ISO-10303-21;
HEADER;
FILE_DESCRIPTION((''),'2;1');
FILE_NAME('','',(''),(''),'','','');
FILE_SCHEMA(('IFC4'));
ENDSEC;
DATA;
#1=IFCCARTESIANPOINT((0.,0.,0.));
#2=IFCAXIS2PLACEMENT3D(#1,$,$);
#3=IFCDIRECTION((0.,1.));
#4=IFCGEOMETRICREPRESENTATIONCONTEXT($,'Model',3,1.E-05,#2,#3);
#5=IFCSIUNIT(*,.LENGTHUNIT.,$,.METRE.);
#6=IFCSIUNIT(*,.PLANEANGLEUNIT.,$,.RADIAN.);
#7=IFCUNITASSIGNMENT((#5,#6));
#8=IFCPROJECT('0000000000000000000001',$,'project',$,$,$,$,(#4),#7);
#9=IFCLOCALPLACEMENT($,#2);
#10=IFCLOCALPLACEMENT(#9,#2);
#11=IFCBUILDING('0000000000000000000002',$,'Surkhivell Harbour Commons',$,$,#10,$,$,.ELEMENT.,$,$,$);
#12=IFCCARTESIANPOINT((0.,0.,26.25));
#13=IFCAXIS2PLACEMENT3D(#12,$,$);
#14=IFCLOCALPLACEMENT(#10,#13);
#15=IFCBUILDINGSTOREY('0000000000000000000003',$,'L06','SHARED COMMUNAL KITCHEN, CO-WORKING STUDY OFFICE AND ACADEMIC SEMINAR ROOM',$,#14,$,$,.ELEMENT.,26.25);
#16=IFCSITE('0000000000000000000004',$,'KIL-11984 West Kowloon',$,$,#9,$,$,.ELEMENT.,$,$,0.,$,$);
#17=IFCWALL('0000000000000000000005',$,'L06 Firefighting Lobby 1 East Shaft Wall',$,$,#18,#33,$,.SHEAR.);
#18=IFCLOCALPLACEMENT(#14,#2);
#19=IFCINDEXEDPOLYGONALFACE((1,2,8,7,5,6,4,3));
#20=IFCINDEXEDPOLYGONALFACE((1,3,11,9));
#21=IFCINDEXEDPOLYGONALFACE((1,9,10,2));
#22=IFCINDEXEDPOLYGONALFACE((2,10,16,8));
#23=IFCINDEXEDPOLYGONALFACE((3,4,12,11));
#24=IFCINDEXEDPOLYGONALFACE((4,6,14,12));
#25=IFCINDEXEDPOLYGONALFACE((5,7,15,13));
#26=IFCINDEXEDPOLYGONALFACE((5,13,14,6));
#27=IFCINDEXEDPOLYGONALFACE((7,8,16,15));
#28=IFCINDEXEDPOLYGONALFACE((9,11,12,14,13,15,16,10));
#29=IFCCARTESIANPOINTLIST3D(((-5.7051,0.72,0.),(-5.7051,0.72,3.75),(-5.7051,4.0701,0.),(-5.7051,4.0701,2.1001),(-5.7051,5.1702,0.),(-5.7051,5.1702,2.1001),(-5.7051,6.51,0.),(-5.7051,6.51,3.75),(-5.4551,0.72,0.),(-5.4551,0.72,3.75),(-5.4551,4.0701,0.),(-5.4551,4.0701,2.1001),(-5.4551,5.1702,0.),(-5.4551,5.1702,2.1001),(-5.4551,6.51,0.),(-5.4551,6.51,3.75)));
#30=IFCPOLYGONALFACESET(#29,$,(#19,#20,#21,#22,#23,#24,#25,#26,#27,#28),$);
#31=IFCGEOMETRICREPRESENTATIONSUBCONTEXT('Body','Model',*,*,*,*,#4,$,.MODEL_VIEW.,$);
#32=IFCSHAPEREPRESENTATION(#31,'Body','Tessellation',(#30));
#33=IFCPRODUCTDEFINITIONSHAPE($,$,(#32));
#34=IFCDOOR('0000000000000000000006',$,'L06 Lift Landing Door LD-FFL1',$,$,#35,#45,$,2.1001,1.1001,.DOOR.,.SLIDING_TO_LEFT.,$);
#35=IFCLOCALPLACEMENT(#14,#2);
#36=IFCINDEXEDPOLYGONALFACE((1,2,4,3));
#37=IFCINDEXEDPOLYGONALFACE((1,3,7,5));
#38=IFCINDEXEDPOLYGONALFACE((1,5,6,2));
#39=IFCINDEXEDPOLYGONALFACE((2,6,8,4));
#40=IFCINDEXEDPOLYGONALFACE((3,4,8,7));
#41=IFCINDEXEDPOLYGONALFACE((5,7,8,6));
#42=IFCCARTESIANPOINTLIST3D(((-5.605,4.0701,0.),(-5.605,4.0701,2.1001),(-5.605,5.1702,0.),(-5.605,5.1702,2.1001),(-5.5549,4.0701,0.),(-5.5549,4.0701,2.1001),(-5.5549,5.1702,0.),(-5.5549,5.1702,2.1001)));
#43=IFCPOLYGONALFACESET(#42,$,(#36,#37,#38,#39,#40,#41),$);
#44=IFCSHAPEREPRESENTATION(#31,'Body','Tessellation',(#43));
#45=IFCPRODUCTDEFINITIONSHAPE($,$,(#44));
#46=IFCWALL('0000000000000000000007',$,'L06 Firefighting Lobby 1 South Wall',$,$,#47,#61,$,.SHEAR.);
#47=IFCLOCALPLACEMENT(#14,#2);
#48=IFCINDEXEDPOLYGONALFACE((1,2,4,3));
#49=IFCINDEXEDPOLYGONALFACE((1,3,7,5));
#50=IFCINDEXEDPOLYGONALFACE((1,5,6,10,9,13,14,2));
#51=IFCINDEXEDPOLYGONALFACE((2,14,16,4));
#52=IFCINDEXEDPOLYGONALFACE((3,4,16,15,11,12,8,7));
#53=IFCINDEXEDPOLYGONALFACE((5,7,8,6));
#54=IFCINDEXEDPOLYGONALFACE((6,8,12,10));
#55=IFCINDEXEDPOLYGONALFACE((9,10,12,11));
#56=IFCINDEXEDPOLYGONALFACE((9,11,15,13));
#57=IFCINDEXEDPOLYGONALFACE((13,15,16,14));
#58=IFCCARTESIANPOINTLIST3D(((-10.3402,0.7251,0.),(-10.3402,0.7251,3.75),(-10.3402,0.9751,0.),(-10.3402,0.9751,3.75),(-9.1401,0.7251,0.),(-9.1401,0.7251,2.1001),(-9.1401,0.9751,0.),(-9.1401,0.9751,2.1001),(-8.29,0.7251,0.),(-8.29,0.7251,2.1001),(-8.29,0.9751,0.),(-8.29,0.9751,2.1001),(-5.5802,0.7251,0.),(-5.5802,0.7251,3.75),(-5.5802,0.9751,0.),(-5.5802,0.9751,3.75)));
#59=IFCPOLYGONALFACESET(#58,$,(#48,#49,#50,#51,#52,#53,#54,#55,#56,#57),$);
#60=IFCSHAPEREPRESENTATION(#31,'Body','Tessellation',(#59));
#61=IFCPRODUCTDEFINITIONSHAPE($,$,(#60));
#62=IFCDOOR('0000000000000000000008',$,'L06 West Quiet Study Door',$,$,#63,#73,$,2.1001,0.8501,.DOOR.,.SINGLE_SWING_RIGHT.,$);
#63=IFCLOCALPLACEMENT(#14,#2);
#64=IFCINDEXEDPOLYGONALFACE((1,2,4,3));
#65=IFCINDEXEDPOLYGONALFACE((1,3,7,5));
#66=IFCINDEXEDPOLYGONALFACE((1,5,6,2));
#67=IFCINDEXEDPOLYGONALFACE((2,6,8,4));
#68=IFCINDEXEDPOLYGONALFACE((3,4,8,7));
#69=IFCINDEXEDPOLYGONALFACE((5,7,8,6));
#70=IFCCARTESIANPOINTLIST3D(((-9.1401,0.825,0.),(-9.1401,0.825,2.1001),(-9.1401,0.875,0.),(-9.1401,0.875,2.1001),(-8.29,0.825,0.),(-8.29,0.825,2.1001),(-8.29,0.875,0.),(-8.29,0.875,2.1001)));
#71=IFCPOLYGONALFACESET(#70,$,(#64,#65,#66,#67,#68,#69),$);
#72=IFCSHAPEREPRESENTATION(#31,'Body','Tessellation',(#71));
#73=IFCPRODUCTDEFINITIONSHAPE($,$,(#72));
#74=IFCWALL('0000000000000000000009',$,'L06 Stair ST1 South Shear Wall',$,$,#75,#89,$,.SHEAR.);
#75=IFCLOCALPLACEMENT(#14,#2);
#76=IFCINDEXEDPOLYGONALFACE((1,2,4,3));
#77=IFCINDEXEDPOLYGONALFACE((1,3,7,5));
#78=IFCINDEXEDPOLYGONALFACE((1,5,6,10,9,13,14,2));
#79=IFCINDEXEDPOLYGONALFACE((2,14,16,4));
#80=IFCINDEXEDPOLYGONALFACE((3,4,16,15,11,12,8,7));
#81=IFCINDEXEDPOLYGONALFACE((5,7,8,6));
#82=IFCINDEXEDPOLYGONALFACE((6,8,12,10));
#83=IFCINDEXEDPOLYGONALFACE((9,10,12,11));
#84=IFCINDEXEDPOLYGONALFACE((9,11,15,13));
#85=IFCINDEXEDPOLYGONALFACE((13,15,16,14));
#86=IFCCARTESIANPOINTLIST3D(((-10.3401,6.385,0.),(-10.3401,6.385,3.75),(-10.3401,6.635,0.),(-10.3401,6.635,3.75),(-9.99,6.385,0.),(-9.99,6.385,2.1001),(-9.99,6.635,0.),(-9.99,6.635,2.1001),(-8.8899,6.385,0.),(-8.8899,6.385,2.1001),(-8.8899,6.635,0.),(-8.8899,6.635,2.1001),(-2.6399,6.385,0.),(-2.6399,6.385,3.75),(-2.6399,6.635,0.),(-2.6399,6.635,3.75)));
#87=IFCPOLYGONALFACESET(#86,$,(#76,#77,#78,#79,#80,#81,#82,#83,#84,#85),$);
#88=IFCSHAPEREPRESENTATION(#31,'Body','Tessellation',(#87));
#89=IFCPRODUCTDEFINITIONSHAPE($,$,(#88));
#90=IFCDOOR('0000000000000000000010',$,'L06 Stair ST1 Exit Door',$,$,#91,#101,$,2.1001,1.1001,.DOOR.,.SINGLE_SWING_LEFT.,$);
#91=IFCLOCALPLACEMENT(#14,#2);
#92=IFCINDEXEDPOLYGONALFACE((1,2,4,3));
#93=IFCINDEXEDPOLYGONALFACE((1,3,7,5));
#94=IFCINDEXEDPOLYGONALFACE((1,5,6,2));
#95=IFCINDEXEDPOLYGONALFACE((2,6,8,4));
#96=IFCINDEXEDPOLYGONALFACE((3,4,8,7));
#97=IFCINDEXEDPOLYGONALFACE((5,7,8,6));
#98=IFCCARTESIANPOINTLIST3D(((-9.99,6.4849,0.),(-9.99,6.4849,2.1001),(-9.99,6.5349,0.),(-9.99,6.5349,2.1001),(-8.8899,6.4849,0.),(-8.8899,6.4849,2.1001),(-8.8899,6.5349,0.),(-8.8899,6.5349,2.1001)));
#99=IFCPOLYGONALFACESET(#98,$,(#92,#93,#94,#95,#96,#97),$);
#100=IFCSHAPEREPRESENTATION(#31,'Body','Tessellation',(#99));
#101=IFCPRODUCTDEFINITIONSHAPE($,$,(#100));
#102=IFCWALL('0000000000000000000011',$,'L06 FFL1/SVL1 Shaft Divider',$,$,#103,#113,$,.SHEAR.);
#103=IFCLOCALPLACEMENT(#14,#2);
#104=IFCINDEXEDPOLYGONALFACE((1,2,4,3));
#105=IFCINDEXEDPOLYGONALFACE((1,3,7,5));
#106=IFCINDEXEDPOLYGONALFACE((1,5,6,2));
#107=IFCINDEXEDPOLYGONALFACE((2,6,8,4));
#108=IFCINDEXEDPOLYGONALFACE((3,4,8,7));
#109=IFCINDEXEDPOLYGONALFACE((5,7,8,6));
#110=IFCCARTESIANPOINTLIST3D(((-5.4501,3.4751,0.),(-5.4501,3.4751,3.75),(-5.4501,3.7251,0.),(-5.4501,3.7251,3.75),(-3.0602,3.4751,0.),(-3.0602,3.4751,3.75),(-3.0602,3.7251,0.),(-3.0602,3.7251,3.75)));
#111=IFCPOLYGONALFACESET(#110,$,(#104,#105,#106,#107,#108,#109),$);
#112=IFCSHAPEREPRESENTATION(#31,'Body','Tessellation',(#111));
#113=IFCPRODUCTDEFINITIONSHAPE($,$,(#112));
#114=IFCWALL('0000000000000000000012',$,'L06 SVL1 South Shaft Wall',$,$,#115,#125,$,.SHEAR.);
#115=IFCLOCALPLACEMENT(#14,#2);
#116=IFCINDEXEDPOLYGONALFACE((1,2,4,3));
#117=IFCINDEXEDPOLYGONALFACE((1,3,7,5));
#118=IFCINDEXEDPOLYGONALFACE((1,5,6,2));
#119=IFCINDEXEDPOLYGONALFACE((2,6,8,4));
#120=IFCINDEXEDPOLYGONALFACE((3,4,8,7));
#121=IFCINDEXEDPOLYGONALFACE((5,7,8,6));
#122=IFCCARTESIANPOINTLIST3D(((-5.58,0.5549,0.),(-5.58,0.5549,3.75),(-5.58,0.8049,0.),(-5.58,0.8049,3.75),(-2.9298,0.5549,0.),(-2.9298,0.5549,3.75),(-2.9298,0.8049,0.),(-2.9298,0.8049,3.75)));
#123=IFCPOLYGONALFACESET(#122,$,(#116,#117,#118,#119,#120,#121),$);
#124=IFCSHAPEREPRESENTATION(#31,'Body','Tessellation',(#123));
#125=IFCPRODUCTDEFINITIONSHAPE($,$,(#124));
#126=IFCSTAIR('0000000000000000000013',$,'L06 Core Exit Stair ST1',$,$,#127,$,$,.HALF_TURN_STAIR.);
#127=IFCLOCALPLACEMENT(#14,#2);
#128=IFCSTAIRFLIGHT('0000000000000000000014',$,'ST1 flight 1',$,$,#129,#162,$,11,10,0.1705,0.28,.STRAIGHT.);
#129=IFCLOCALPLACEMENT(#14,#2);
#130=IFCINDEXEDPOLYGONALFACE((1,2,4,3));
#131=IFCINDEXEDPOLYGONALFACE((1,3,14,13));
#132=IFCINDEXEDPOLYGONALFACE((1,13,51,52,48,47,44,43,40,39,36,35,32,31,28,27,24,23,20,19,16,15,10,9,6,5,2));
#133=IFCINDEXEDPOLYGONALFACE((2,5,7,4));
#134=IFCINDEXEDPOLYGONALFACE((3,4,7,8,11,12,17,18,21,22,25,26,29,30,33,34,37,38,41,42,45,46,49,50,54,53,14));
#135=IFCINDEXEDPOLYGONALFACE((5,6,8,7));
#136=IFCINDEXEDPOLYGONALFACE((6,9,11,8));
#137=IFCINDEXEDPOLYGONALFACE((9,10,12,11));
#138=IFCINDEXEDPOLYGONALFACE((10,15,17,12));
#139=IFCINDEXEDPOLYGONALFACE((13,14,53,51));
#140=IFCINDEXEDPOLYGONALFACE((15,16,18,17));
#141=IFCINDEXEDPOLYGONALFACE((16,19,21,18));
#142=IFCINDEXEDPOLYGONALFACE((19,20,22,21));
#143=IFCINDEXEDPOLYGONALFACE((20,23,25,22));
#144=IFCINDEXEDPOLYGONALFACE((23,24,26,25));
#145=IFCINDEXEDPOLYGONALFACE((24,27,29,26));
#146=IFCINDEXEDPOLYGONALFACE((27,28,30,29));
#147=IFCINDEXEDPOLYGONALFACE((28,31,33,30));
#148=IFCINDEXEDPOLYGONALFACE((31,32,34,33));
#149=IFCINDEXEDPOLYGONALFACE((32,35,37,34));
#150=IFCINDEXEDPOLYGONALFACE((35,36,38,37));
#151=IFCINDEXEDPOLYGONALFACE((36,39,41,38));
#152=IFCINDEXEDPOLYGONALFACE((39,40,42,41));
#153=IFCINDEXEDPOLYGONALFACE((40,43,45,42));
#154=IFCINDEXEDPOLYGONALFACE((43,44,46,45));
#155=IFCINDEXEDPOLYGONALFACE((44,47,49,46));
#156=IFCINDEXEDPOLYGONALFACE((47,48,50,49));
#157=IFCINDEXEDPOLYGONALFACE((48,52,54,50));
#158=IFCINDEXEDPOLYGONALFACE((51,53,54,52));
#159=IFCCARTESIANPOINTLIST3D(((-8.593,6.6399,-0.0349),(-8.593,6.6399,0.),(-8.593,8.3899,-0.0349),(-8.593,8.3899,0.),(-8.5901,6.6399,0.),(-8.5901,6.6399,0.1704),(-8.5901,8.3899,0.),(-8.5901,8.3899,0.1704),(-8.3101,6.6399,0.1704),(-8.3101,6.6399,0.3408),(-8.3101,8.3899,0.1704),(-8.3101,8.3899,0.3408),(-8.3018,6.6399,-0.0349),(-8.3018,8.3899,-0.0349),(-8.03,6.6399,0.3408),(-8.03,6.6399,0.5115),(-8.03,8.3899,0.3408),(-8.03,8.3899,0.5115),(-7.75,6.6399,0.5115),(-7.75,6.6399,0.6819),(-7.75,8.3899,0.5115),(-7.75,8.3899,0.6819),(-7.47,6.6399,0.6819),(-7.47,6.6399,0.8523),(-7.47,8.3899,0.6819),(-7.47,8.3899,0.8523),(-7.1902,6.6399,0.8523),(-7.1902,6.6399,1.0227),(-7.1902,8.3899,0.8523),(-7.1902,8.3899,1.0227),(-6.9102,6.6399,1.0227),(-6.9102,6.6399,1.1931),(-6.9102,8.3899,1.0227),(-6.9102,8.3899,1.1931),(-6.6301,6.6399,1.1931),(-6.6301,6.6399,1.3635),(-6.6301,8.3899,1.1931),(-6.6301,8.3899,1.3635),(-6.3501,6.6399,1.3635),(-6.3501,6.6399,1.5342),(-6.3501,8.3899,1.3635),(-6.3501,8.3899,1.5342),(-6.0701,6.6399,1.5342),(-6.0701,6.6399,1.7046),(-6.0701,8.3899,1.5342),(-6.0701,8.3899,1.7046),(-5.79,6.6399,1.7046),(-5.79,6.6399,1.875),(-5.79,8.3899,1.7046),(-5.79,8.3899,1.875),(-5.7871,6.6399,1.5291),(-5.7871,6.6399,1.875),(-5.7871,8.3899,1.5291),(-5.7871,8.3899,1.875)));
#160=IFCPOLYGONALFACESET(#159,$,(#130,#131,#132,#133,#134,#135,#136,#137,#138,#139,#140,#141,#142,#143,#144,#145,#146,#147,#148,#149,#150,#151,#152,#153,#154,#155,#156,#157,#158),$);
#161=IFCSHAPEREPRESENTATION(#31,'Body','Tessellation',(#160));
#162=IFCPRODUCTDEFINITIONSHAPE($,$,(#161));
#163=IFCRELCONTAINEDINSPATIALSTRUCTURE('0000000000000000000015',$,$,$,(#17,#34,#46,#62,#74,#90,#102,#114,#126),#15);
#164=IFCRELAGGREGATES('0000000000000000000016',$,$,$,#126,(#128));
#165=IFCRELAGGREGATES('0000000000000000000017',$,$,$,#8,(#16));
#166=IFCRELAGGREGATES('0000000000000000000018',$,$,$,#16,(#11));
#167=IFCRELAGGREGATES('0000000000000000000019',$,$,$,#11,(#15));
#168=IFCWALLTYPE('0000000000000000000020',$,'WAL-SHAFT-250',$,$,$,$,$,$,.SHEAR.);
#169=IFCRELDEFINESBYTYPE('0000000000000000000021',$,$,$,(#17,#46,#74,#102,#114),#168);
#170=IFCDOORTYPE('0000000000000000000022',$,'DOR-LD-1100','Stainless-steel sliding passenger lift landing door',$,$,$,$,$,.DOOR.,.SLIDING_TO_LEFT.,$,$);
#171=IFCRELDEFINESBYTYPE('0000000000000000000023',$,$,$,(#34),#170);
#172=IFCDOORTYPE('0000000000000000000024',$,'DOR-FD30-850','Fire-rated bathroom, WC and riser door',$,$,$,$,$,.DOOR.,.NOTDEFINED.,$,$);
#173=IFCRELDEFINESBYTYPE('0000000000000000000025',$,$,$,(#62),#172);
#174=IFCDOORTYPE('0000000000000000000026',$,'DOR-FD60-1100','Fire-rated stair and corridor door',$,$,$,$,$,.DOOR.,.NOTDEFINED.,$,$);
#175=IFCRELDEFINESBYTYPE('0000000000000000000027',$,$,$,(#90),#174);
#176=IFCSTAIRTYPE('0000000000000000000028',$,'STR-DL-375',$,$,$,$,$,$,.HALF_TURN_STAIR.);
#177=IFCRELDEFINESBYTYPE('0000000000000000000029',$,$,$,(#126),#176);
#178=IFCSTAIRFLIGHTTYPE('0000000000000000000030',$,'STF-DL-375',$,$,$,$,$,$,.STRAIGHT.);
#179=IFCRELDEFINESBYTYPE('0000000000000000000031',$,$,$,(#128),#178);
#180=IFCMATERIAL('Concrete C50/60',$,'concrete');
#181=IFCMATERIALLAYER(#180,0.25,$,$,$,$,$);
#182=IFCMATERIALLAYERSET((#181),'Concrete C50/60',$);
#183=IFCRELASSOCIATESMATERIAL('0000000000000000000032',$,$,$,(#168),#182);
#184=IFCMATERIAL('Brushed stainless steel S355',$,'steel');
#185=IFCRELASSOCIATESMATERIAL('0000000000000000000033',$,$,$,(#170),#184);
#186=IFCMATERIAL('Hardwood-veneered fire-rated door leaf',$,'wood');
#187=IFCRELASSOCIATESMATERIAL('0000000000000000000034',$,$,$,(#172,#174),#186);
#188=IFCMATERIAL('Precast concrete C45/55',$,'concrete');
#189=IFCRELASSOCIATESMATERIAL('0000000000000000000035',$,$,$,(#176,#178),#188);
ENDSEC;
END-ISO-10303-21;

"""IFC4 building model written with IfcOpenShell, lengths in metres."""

from ifc_helpers import new_model, si_unit, direction, frame, frame_2d, origin, place, context, subcontext, project, spatial, polyline, rectangle, outline, extrude, material, layer, layer_set, type_object, element, fill, aggregate, save


model = new_model("IFC4")

# Units and contexts
model_context = context("Model", 3, precision=1e-05, world=origin(), true_north=direction((0.0, 1.0)))
body_context = subcontext(model_context, "Body", "Model", "MODEL_VIEW")
ifc_project = project(units=[si_unit("LENGTHUNIT", "METRE"), si_unit("PLANEANGLEUNIT", "RADIAN")], contexts=[model_context])

# Site, building, storey
site_placement = place(None, origin())
site = spatial("IfcSite", under=ifc_project, at=site_placement, Name="KIL-11984 West Kowloon", CompositionType="ELEMENT", RefElevation=0.0)
building_placement = place(site_placement, origin())
building = spatial("IfcBuilding", under=site, at=building_placement, Name="Surkhivell Harbour Commons", CompositionType="ELEMENT")
storey_placement = place(building_placement, frame((0.0, 0.0, 26.25)))
storey = spatial("IfcBuildingStorey", under=building, at=storey_placement, Name="L06", Description="SHARED COMMUNAL KITCHEN, CO-WORKING STUDY OFFICE AND ACADEMIC SEMINAR ROOM", CompositionType="ELEMENT", Elevation=26.25)

# Shared definitions
ifc_material_1 = material(Name="Hardwood-veneered fire-rated door leaf", Category="wood")

# Walls, openings, doors
ifc_material_2 = material(Name="Concrete C50/60", Category="concrete")
ifc_layer_1 = layer(ifc_material_2, 0.25)
ifc_layer_set_1 = layer_set([ifc_layer_1], Name="Concrete C50/60")
wall_type_1 = type_object("IfcWallType", Name="WAL-SHAFT-250", PredefinedType="SHEAR", material=ifc_layer_set_1)
wall_1_placement = place(storey_placement, frame((-5.5801, 0.72, 0.0), z_axis=(0.0, 0.0, 1.0), x_axis=(0.0, 1.0, 0.0)))
wall_1 = element("IfcWall", 1, at=wall_1_placement, inside=storey, type_object=wall_type_1, Name="L06 Firefighting Lobby 1 East Shaft Wall", PredefinedType="SHEAR", context=body_context, shape_type="SweptSolid", body=[
    extrude(rectangle(XDim=5.79, YDim=0.25, at=frame_2d((2.895, 0.0))), origin(), (0.0, 0.0, 1.0), 3.75),
])
opening_1_placement = place(wall_1_placement, frame((3.3501, 0.0, 0.0)))
opening_1 = element("IfcOpeningElement", 2, at=opening_1_placement, cuts=wall_1, PredefinedType="OPENING", context=body_context, shape_type="SweptSolid", body=[
    extrude(rectangle(XDim=1.1001, YDim=2.1001, at=frame_2d((0.55, 1.05))), frame((0.0, 0.135, 0.0), z_axis=(0.0, -1.0, 0.0), x_axis=(1.0, 0.0, 0.0)), (0.0, 0.0, 1.0), 0.27),
])
ifc_material_3 = material(Name="Brushed stainless steel S355", Category="steel")
door_type_1 = type_object("IfcDoorType", Name="DOR-LD-1100", Description="Stainless-steel sliding passenger lift landing door", OperationType="SLIDING_TO_LEFT", PredefinedType="DOOR", material=ifc_material_3)
door_1_placement = place(opening_1_placement, origin())
door_1 = element("IfcDoor", 3, at=door_1_placement, inside=storey, type_object=door_type_1, Name="L06 Lift Landing Door LD-FFL1", OperationType="SLIDING_TO_LEFT", OverallHeight=2.1001, OverallWidth=1.1001, PredefinedType="DOOR", context=body_context, shape_type="SweptSolid", body=[
    extrude(rectangle(XDim=1.1001, YDim=2.1001, at=frame_2d((0.55, 1.05))), frame((0.0, 0.0249, 0.0), z_axis=(0.0, -1.0, 0.0), x_axis=(1.0, 0.0, 0.0)), (0.0, 0.0, 1.0), 0.05),
])
fill(opening_1, door_1)
wall_2_placement = place(storey_placement, frame((-10.3401, 0.8501, 0.0), z_axis=(0.0, 0.0, 1.0), x_axis=(1.0, 0.0, 0.0)))
wall_2 = element("IfcWall", 4, at=wall_2_placement, inside=storey, type_object=wall_type_1, Name="L06 Firefighting Lobby 1 South Wall", PredefinedType="SHEAR", context=body_context, shape_type="SweptSolid", body=[
    extrude(rectangle(XDim=4.76, YDim=0.25, at=frame_2d((2.3799, 0.0))), origin(), (0.0, 0.0, 1.0), 3.75),
])
opening_2_placement = place(wall_2_placement, frame((1.2, 0.0, 0.0)))
opening_2 = element("IfcOpeningElement", 5, at=opening_2_placement, cuts=wall_2, PredefinedType="OPENING", context=body_context, shape_type="SweptSolid", body=[
    extrude(rectangle(XDim=0.8501, YDim=2.1001, at=frame_2d((0.425, 1.05))), frame((0.0, 0.135, 0.0), z_axis=(0.0, -1.0, 0.0), x_axis=(1.0, 0.0, 0.0)), (0.0, 0.0, 1.0), 0.27),
])
door_type_2 = type_object("IfcDoorType", Name="DOR-FD30-850", Description="Fire-rated bathroom, WC and riser door", OperationType="NOTDEFINED", PredefinedType="DOOR", material=ifc_material_1)
door_2_placement = place(opening_2_placement, origin())
door_2 = element("IfcDoor", 6, at=door_2_placement, inside=storey, type_object=door_type_2, Name="L06 West Quiet Study Door", OperationType="SINGLE_SWING_RIGHT", OverallHeight=2.1001, OverallWidth=0.8501, PredefinedType="DOOR", context=body_context, shape_type="SweptSolid", body=[
    extrude(rectangle(XDim=0.8501, YDim=2.1001, at=frame_2d((0.425, 1.05))), frame((0.0, 0.0249, 0.0), z_axis=(0.0, -1.0, 0.0), x_axis=(1.0, 0.0, 0.0)), (0.0, 0.0, 1.0), 0.05),
])
fill(opening_2, door_2)
wall_3_placement = place(storey_placement, frame((-10.3401, 6.51, 0.0), z_axis=(0.0, 0.0, 1.0), x_axis=(1.0, 0.0, 0.0)))
wall_3 = element("IfcWall", 7, at=wall_3_placement, inside=storey, type_object=wall_type_1, Name="L06 Stair ST1 South Shear Wall", PredefinedType="SHEAR", context=body_context, shape_type="SweptSolid", body=[
    extrude(rectangle(XDim=7.7002, YDim=0.25, at=frame_2d((3.8501, 0.0))), origin(), (0.0, 0.0, 1.0), 3.75),
])
opening_3_placement = place(wall_3_placement, frame((0.3501, 0.0, 0.0)))
opening_3 = element("IfcOpeningElement", 8, at=opening_3_placement, cuts=wall_3, PredefinedType="OPENING", context=body_context, shape_type="SweptSolid", body=[
    extrude(rectangle(XDim=1.1001, YDim=2.1001, at=frame_2d((0.55, 1.05))), frame((0.0, 0.135, 0.0), z_axis=(0.0, -1.0, 0.0), x_axis=(1.0, 0.0, 0.0)), (0.0, 0.0, 1.0), 0.27),
])
door_type_3 = type_object("IfcDoorType", Name="DOR-FD60-1100", Description="Fire-rated stair and corridor door", OperationType="NOTDEFINED", PredefinedType="DOOR", material=ifc_material_1)
door_3_placement = place(opening_3_placement, origin())
door_3 = element("IfcDoor", 9, at=door_3_placement, inside=storey, type_object=door_type_3, Name="L06 Stair ST1 Exit Door", OperationType="SINGLE_SWING_LEFT", OverallHeight=2.1001, OverallWidth=1.1001, PredefinedType="DOOR", context=body_context, shape_type="SweptSolid", body=[
    extrude(rectangle(XDim=1.1001, YDim=2.1001, at=frame_2d((0.55, 1.05))), frame((0.0, 0.0249, 0.0), z_axis=(0.0, -1.0, 0.0), x_axis=(1.0, 0.0, 0.0)), (0.0, 0.0, 1.0), 0.05),
])
fill(opening_3, door_3)

# Walls
wall_4_placement = place(storey_placement, frame((-5.45, 3.6001, 0.0), z_axis=(0.0, 0.0, 1.0), x_axis=(1.0, 0.0, 0.0)))
element("IfcWall", 10, at=wall_4_placement, inside=storey, type_object=wall_type_1, Name="L06 FFL1/SVL1 Shaft Divider", PredefinedType="SHEAR", context=body_context, shape_type="SweptSolid", body=[
    extrude(rectangle(XDim=2.3899, YDim=0.25, at=frame_2d((1.1948, 0.0))), origin(), (0.0, 0.0, 1.0), 3.75),
])
wall_5_placement = place(storey_placement, frame((-5.5801, 0.6799, 0.0), z_axis=(0.0, 0.0, 1.0), x_axis=(1.0, 0.0, 0.0)))
element("IfcWall", 11, at=wall_5_placement, inside=storey, type_object=wall_type_1, Name="L06 SVL1 South Shaft Wall", PredefinedType="SHEAR", context=body_context, shape_type="SweptSolid", body=[
    extrude(rectangle(XDim=2.6501, YDim=0.25, at=frame_2d((1.3252, 0.0))), origin(), (0.0, 0.0, 1.0), 3.75),
])

# Stair, stair flight
ifc_material_4 = material(Name="Precast concrete C45/55", Category="concrete")
stair_type = type_object("IfcStairType", Name="STR-DL-375", PredefinedType="HALF_TURN_STAIR", material=ifc_material_4)
stair_placement = place(storey_placement, origin())
stair = element("IfcStair", 12, at=stair_placement, inside=storey, type_object=stair_type, Name="L06 Core Exit Stair ST1", PredefinedType="HALF_TURN_STAIR")
stair_flight_type = type_object("IfcStairFlightType", Name="STF-DL-375", PredefinedType="STRAIGHT", material=ifc_material_4)
stair_flight_1_placement = place(storey_placement, frame((-8.5901, 7.5149, 0.0), z_axis=(0.0, 0.0, 1.0), x_axis=(1.0, 0.0, 0.0)))
stair_flight_1 = element("IfcStairFlight", 13, at=stair_flight_1_placement, type_object=stair_flight_type, Name="ST1 flight 1", NumberOfRisers=11, NumberOfTreads=10, PredefinedType="STRAIGHT", RiserHeight=0.1705, TreadLength=0.28, context=body_context, shape_type="SweptSolid", body=[
    extrude(outline(polyline([(-0.0029, -0.0349), (-0.0029, 0.0), (0.0, 0.0), (0.0, 0.1704), (0.28, 0.1704), (0.28, 0.3408), (0.5601, 0.3408), (0.5601, 0.5115), (0.8401, 0.5115), (0.8401, 0.6819), (1.1201, 0.6819), (1.1201, 0.8523), (1.3999, 0.8523), (1.3999, 1.0227), (1.6799, 1.0227), (1.6799, 1.1931), (1.96, 1.1931), (1.96, 1.3635), (2.24, 1.3635), (2.24, 1.5342), (2.52, 1.5342), (2.52, 1.7046), (2.8, 1.7046), (2.8, 1.875), (2.803, 1.875), (2.803, 1.5291), (0.2883, -0.0349), (-0.0029, -0.0349)])), frame((0.0, 0.875, 0.0), z_axis=(0.0, -1.0, 0.0), x_axis=(1.0, 0.0, 0.0)), (0.0, 0.0, 1.0), 1.75),
])
aggregate(stair, [stair_flight_1])

save(model, "model.ifc")
